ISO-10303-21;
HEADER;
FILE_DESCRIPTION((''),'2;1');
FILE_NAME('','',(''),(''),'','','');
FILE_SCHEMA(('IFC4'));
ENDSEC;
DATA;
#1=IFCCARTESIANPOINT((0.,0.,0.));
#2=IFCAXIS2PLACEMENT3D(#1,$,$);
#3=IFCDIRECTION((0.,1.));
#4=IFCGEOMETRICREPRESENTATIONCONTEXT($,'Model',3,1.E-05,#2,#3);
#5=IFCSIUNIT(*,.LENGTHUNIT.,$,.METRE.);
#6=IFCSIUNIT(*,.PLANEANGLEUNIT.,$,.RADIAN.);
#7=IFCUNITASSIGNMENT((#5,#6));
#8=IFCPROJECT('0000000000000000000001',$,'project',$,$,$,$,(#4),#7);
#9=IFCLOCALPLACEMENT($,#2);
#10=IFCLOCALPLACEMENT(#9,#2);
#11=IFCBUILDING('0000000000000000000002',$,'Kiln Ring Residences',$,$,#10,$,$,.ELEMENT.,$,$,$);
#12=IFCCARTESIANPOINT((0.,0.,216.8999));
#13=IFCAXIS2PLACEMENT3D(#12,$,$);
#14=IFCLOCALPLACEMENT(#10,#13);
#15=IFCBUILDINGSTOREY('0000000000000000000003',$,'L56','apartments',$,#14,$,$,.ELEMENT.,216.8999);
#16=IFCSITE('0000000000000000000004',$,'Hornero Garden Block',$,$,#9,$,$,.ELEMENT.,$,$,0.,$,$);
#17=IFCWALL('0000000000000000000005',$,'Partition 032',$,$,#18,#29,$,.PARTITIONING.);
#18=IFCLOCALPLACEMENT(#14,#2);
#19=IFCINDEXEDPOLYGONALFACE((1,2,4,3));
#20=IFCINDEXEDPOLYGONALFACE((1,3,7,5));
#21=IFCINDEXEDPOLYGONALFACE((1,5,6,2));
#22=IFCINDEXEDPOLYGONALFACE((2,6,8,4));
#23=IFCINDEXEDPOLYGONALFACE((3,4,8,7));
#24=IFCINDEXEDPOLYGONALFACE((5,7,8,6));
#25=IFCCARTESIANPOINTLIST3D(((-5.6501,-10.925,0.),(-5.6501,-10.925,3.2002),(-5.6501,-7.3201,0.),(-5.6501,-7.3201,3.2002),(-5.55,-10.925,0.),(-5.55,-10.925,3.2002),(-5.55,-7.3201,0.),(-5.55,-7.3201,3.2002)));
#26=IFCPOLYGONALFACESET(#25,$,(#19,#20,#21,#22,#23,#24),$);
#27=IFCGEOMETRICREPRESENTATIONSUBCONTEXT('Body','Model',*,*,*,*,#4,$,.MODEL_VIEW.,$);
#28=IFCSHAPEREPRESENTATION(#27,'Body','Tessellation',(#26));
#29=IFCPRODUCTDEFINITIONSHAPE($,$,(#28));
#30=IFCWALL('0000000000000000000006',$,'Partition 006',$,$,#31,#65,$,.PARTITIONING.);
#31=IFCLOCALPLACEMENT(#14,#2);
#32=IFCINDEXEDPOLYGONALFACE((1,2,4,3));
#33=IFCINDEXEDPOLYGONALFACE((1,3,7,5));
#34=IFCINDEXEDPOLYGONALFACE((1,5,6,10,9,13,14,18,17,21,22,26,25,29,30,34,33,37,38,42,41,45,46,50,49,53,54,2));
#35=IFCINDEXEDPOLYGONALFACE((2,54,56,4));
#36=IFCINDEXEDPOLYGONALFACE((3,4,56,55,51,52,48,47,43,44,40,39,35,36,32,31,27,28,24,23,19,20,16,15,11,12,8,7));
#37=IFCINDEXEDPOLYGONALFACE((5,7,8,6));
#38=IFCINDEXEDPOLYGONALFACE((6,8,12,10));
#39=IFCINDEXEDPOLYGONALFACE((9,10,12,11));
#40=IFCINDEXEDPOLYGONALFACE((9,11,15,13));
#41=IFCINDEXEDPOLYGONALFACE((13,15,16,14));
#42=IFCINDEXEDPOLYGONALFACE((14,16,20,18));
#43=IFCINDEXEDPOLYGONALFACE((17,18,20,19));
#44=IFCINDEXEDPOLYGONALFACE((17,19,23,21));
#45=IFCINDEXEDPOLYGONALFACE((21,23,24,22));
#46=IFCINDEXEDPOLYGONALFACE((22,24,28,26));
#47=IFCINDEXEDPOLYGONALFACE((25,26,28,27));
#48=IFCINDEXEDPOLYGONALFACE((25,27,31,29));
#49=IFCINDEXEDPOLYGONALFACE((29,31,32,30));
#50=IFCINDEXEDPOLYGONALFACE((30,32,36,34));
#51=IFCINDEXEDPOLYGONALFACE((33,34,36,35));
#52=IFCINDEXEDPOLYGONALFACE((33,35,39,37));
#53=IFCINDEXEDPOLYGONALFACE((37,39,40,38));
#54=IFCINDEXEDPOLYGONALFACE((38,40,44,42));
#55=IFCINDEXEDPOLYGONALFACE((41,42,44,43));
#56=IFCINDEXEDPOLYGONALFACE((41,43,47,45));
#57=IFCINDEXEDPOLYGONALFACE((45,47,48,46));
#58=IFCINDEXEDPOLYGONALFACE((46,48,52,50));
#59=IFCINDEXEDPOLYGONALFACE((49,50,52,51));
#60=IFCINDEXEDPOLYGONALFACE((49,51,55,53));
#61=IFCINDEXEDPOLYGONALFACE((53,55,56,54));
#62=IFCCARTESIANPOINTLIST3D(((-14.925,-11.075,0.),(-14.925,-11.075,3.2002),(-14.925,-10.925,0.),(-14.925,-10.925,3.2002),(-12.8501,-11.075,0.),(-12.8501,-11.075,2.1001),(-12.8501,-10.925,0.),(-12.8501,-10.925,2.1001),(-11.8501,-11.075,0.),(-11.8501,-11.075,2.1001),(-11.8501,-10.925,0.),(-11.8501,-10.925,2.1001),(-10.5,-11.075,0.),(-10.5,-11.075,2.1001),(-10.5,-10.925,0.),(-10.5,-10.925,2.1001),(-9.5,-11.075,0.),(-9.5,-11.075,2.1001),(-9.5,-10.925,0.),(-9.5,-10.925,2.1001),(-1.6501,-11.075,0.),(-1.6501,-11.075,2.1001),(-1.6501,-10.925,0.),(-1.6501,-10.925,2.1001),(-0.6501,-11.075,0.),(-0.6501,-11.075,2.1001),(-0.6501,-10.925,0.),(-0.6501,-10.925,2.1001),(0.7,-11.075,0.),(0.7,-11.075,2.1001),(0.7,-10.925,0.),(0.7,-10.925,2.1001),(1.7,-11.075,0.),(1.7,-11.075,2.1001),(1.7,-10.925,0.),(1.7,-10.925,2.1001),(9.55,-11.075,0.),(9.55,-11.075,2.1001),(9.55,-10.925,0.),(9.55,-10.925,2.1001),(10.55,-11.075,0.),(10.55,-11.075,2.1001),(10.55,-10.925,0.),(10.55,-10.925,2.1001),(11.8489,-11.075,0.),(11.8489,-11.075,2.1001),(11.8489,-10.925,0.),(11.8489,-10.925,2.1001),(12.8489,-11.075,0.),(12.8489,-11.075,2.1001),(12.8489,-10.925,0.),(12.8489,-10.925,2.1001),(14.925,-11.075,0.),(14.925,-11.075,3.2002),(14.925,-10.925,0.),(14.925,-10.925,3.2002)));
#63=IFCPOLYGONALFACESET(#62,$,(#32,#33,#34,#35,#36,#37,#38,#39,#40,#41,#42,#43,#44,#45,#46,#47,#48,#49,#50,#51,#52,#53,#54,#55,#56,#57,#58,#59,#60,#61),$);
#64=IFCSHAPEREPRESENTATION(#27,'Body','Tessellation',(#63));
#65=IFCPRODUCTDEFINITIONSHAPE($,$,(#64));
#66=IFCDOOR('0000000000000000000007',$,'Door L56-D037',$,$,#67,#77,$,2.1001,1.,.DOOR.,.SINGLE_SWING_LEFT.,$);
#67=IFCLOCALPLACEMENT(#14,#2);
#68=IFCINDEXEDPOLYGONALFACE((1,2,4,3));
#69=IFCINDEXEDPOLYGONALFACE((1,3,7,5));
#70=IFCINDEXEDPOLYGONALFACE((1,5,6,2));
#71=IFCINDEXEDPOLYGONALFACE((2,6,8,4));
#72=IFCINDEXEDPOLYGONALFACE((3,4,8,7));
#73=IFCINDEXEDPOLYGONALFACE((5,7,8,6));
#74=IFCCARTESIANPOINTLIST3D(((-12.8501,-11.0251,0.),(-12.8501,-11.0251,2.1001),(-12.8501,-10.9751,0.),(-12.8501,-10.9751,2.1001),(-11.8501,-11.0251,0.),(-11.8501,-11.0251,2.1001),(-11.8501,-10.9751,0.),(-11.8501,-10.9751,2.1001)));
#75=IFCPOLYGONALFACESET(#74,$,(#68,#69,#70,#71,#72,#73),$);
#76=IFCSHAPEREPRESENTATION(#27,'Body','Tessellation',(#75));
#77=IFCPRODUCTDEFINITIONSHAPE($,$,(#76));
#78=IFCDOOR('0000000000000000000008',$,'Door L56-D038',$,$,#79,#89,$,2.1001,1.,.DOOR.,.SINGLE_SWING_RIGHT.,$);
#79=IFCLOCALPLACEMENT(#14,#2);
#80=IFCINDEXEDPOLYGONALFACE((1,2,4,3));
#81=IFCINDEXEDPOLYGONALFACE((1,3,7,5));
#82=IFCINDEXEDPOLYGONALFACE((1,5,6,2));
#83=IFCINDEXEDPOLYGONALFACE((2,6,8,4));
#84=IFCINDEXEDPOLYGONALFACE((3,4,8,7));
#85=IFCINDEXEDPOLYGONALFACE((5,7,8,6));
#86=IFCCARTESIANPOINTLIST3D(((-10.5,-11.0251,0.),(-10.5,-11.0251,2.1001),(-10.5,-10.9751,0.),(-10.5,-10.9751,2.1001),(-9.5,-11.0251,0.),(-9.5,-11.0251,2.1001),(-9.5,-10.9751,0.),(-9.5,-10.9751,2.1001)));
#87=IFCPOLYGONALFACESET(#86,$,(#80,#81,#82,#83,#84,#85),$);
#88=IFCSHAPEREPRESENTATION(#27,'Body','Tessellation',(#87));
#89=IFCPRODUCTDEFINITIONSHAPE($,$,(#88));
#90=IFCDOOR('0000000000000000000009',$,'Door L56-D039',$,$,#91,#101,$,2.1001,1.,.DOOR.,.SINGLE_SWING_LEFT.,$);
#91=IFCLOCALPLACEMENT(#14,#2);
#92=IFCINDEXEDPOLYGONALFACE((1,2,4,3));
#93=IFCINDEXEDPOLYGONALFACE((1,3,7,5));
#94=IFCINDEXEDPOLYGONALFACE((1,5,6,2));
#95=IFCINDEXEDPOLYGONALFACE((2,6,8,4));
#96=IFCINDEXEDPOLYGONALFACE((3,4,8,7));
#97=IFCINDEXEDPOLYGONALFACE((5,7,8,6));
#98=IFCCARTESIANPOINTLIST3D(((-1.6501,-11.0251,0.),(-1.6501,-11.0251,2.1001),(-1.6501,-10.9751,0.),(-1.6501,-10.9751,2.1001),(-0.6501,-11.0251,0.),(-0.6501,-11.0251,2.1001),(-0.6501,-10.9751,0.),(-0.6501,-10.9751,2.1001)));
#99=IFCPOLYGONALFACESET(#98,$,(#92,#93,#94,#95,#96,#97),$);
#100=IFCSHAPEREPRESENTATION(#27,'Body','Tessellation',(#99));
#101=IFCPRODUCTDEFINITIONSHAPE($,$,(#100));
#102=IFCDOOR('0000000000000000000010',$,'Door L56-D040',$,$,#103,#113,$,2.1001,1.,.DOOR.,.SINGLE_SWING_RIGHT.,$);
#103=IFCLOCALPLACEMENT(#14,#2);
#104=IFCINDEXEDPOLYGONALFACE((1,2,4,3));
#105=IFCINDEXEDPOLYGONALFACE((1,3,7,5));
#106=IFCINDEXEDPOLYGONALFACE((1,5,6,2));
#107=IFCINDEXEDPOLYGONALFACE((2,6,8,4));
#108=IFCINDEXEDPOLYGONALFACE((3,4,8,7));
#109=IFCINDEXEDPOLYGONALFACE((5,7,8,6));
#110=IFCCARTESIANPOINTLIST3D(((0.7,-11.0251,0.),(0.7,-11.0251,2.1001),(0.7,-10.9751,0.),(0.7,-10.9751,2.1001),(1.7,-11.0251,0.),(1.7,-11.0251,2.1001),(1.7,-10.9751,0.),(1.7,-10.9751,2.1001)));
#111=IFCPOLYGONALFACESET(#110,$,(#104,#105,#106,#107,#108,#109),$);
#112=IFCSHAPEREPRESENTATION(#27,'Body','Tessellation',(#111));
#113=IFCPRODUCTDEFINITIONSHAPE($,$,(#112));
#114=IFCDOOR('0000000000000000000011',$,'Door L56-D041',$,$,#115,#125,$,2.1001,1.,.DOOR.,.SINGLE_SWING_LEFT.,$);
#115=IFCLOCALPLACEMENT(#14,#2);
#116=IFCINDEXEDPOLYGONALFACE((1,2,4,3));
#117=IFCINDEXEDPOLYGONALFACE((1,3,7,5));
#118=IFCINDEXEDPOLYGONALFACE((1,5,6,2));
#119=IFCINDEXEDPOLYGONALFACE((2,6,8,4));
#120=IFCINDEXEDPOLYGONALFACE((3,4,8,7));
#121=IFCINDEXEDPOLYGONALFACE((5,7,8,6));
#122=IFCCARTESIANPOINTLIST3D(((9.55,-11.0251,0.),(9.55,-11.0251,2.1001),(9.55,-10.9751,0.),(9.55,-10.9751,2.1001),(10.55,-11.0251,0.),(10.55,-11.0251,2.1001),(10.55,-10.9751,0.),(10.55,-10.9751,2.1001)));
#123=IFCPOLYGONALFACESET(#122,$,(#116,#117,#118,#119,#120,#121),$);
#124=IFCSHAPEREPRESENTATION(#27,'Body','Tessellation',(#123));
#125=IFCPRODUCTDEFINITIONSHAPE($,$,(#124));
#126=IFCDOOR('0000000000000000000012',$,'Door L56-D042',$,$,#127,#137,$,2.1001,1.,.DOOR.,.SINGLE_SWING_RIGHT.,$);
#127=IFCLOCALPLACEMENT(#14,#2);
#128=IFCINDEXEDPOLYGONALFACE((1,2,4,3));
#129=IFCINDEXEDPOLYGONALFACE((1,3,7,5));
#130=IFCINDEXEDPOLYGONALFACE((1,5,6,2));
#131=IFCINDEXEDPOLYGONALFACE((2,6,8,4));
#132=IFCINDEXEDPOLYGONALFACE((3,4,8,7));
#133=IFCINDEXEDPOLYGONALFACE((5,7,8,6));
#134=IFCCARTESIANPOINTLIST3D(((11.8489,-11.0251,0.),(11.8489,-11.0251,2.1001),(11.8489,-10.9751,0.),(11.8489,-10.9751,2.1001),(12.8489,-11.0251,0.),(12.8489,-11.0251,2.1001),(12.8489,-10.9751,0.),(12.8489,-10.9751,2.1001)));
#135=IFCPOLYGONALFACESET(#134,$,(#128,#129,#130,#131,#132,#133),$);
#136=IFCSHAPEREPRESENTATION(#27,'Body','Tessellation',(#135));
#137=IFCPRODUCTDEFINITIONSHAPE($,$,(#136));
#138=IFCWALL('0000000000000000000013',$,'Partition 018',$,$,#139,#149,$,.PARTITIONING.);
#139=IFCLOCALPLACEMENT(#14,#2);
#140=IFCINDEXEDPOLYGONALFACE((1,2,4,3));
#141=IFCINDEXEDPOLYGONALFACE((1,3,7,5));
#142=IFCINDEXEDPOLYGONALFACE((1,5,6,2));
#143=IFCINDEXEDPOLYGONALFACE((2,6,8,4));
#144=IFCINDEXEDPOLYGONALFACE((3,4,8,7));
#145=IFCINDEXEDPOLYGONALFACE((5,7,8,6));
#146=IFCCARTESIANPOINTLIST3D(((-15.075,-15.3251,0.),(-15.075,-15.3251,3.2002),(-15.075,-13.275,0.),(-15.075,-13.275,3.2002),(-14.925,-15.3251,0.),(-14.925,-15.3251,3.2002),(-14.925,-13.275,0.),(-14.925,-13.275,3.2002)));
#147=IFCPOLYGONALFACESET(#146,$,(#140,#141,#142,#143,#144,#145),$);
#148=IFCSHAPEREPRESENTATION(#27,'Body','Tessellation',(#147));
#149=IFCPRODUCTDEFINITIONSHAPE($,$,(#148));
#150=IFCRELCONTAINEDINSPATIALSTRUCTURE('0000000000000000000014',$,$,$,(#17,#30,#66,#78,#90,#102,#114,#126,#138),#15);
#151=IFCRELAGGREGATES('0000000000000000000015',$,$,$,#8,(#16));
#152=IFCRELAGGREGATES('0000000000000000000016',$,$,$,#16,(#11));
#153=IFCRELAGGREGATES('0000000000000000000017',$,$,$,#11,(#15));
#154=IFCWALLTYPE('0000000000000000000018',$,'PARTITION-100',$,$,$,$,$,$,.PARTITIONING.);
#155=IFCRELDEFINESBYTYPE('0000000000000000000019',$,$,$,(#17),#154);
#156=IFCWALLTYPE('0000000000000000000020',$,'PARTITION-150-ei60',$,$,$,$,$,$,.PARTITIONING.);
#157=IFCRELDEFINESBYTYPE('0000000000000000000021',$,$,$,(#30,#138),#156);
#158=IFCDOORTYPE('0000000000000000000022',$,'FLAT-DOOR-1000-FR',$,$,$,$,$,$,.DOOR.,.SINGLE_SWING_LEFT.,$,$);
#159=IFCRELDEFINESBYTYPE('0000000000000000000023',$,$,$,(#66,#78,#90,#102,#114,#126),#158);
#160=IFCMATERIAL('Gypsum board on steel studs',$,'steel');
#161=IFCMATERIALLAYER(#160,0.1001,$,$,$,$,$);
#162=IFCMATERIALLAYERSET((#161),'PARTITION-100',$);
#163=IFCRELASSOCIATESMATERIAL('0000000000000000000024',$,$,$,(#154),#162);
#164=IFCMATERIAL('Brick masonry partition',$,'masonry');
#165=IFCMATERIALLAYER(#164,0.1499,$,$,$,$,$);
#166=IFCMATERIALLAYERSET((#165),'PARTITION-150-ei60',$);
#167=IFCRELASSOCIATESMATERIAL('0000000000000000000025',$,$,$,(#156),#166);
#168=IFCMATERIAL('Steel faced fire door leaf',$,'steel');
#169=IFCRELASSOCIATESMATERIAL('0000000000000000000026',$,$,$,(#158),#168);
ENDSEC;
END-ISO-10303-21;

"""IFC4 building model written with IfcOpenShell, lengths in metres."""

from ifc_helpers import new_model, si_unit, direction, frame, frame_2d, origin, place, context, subcontext, project, spatial, rectangle, extrude, material, layer, layer_set, type_object, element, fill, save


model = new_model("IFC4")

# Units and contexts
model_context = context("Model", 3, precision=1e-05, world=origin(), true_north=direction((0.0, 1.0)))
body_context = subcontext(model_context, "Body", "Model", "MODEL_VIEW")
ifc_project = project(units=[si_unit("LENGTHUNIT", "METRE"), si_unit("PLANEANGLEUNIT", "RADIAN")], contexts=[model_context])

# Site, building, storey
site_placement = place(None, origin())
site = spatial("IfcSite", under=ifc_project, at=site_placement, Name="Hornero Garden Block", CompositionType="ELEMENT", RefElevation=0.0)
building_placement = place(site_placement, origin())
building = spatial("IfcBuilding", under=site, at=building_placement, Name="Kiln Ring Residences", CompositionType="ELEMENT")
storey_placement = place(building_placement, frame((0.0, 0.0, 216.8999)))
storey = spatial("IfcBuildingStorey", under=building, at=storey_placement, Name="L56", Description="apartments", CompositionType="ELEMENT", Elevation=216.8999)

# Shared definitions
ifc_material_1 = material(Name="Gypsum board on steel studs", Category="steel")
ifc_layer_1 = layer(ifc_material_1, 0.1001)
ifc_layer_set_1 = layer_set([ifc_layer_1], Name="PARTITION-100")
wall_type_1 = type_object("IfcWallType", Name="PARTITION-100", PredefinedType="PARTITIONING", material=ifc_layer_set_1)

# Wall
wall_1_placement = place(storey_placement, frame((-5.6001, -10.925, 0.0), z_axis=(0.0, 0.0, 1.0), x_axis=(0.0, 1.0, 0.0)))
element("IfcWall", 1, at=wall_1_placement, inside=storey, type_object=wall_type_1, Name="Partition 032", PredefinedType="PARTITIONING", context=body_context, shape_type="SweptSolid", body=[
    extrude(rectangle(XDim=3.605, YDim=0.1001, at=frame_2d((1.8025, 0.0))), origin(), (0.0, 0.0, 1.0), 3.2002),
])

# Wall, openings, doors
ifc_material_2 = material(Name="Brick masonry partition", Category="masonry")
ifc_layer_2 = layer(ifc_material_2, 0.1499)
ifc_layer_set_2 = layer_set([ifc_layer_2], Name="PARTITION-150-ei60")
wall_type_2 = type_object("IfcWallType", Name="PARTITION-150-ei60", PredefinedType="PARTITIONING", material=ifc_layer_set_2)
wall_2_placement = place(storey_placement, frame((-14.925, -11.0, 0.0), z_axis=(0.0, 0.0, 1.0), x_axis=(1.0, 0.0, 0.0)))
wall_2 = element("IfcWall", 2, at=wall_2_placement, inside=storey, type_object=wall_type_2, Name="Partition 006", PredefinedType="PARTITIONING", context=body_context, shape_type="SweptSolid", body=[
    extrude(rectangle(XDim=29.8501, YDim=0.1499, at=frame_2d((14.925, 0.0))), origin(), (0.0, 0.0, 1.0), 3.2002),
])
opening_1_placement = place(wall_2_placement, frame((2.075, 0.0, 0.0)))
opening_1 = element("IfcOpeningElement", 3, at=opening_1_placement, cuts=wall_2, PredefinedType="OPENING", context=body_context, shape_type="SweptSolid", body=[
    extrude(rectangle(XDim=1.0, YDim=2.1001, at=frame_2d((0.5, 1.05))), frame((0.0, 0.085, 0.0), z_axis=(0.0, -1.0, 0.0), x_axis=(1.0, 0.0, 0.0)), (0.0, 0.0, 1.0), 0.1699),
])
opening_2_placement = place(wall_2_placement, frame((4.425, 0.0, 0.0)))
opening_2 = element("IfcOpeningElement", 4, at=opening_2_placement, cuts=wall_2, PredefinedType="OPENING", context=body_context, shape_type="SweptSolid", body=[
    extrude(rectangle(XDim=1.0, YDim=2.1001, at=frame_2d((0.5, 1.05))), frame((0.0, 0.085, 0.0), z_axis=(0.0, -1.0, 0.0), x_axis=(1.0, 0.0, 0.0)), (0.0, 0.0, 1.0), 0.1699),
])
opening_3_placement = place(wall_2_placement, frame((13.2749, 0.0, 0.0)))
opening_3 = element("IfcOpeningElement", 5, at=opening_3_placement, cuts=wall_2, PredefinedType="OPENING", context=body_context, shape_type="SweptSolid", body=[
    extrude(rectangle(XDim=1.0, YDim=2.1001, at=frame_2d((0.5, 1.05))), frame((0.0, 0.085, 0.0), z_axis=(0.0, -1.0, 0.0), x_axis=(1.0, 0.0, 0.0)), (0.0, 0.0, 1.0), 0.1699),
])
opening_4_placement = place(wall_2_placement, frame((15.625, 0.0, 0.0)))
opening_4 = element("IfcOpeningElement", 6, at=opening_4_placement, cuts=wall_2, PredefinedType="OPENING", context=body_context, shape_type="SweptSolid", body=[
    extrude(rectangle(XDim=1.0, YDim=2.1001, at=frame_2d((0.5, 1.05))), frame((0.0, 0.085, 0.0), z_axis=(0.0, -1.0, 0.0), x_axis=(1.0, 0.0, 0.0)), (0.0, 0.0, 1.0), 0.1699),
])
opening_5_placement = place(wall_2_placement, frame((24.4751, 0.0, 0.0)))
opening_5 = element("IfcOpeningElement", 7, at=opening_5_placement, cuts=wall_2, PredefinedType="OPENING", context=body_context, shape_type="SweptSolid", body=[
    extrude(rectangle(XDim=1.0, YDim=2.1001, at=frame_2d((0.5, 1.05))), frame((0.0, 0.085, 0.0), z_axis=(0.0, -1.0, 0.0), x_axis=(1.0, 0.0, 0.0)), (0.0, 0.0, 1.0), 0.1699),
])
opening_6_placement = place(wall_2_placement, frame((26.7739, 0.0, 0.0)))
opening_6 = element("IfcOpeningElement", 8, at=opening_6_placement, cuts=wall_2, PredefinedType="OPENING", context=body_context, shape_type="SweptSolid", body=[
    extrude(rectangle(XDim=1.0, YDim=2.1001, at=frame_2d((0.5, 1.05))), frame((0.0, 0.085, 0.0), z_axis=(0.0, -1.0, 0.0), x_axis=(1.0, 0.0, 0.0)), (0.0, 0.0, 1.0), 0.1699),
])
ifc_material_3 = material(Name="Steel faced fire door leaf", Category="steel")
door_type_1 = type_object("IfcDoorType", Name="FLAT-DOOR-1000-FR", OperationType="SINGLE_SWING_LEFT", PredefinedType="DOOR", material=ifc_material_3)
door_1_placement = place(opening_1_placement, origin())
door_1 = element("IfcDoor", 9, at=door_1_placement, inside=storey, type_object=door_type_1, Name="Door L56-D037", OperationType="SINGLE_SWING_LEFT", OverallHeight=2.1001, OverallWidth=1.0, PredefinedType="DOOR", context=body_context, shape_type="SweptSolid", body=[
    extrude(rectangle(XDim=1.0, YDim=2.1001, at=frame_2d((0.5, 1.05))), frame((0.0, 0.0249, 0.0), z_axis=(0.0, -1.0, 0.0), x_axis=(1.0, 0.0, 0.0)), (0.0, 0.0, 1.0), 0.05),
])
fill(opening_1, door_1)
door_2_placement = place(opening_2_placement, origin())
door_2 = element("IfcDoor", 10, at=door_2_placement, inside=storey, type_object=door_type_1, Name="Door L56-D038", OperationType="SINGLE_SWING_RIGHT", OverallHeight=2.1001, OverallWidth=1.0, PredefinedType="DOOR", context=body_context, shape_type="SweptSolid", body=[
    extrude(rectangle(XDim=1.0, YDim=2.1001, at=frame_2d((0.5, 1.05))), frame((0.0, 0.0249, 0.0), z_axis=(0.0, -1.0, 0.0), x_axis=(1.0, 0.0, 0.0)), (0.0, 0.0, 1.0), 0.05),
])
fill(opening_2, door_2)
door_3_placement = place(opening_3_placement, origin())
door_3 = element("IfcDoor", 11, at=door_3_placement, inside=storey, type_object=door_type_1, Name="Door L56-D039", OperationType="SINGLE_SWING_LEFT", OverallHeight=2.1001, OverallWidth=1.0, PredefinedType="DOOR", context=body_context, shape_type="SweptSolid", body=[
    extrude(rectangle(XDim=1.0, YDim=2.1001, at=frame_2d((0.5, 1.05))), frame((0.0, 0.0249, 0.0), z_axis=(0.0, -1.0, 0.0), x_axis=(1.0, 0.0, 0.0)), (0.0, 0.0, 1.0), 0.05),
])
fill(opening_3, door_3)
door_4_placement = place(opening_4_placement, origin())
door_4 = element("IfcDoor", 12, at=door_4_placement, inside=storey, type_object=door_type_1, Name="Door L56-D040", OperationType="SINGLE_SWING_RIGHT", OverallHeight=2.1001, OverallWidth=1.0, PredefinedType="DOOR", context=body_context, shape_type="SweptSolid", body=[
    extrude(rectangle(XDim=1.0, YDim=2.1001, at=frame_2d((0.5, 1.05))), frame((0.0, 0.0249, 0.0), z_axis=(0.0, -1.0, 0.0), x_axis=(1.0, 0.0, 0.0)), (0.0, 0.0, 1.0), 0.05),
])
fill(opening_4, door_4)
door_5_placement = place(opening_5_placement, origin())
door_5 = element("IfcDoor", 13, at=door_5_placement, inside=storey, type_object=door_type_1, Name="Door L56-D041", OperationType="SINGLE_SWING_LEFT", OverallHeight=2.1001, OverallWidth=1.0, PredefinedType="DOOR", context=body_context, shape_type="SweptSolid", body=[
    extrude(rectangle(XDim=1.0, YDim=2.1001, at=frame_2d((0.5, 1.05))), frame((0.0, 0.0249, 0.0), z_axis=(0.0, -1.0, 0.0), x_axis=(1.0, 0.0, 0.0)), (0.0, 0.0, 1.0), 0.05),
])
fill(opening_5, door_5)
door_6_placement = place(opening_6_placement, origin())
door_6 = element("IfcDoor", 14, at=door_6_placement, inside=storey, type_object=door_type_1, Name="Door L56-D042", OperationType="SINGLE_SWING_RIGHT", OverallHeight=2.1001, OverallWidth=1.0, PredefinedType="DOOR", context=body_context, shape_type="SweptSolid", body=[
    extrude(rectangle(XDim=1.0, YDim=2.1001, at=frame_2d((0.5, 1.05))), frame((0.0, 0.0249, 0.0), z_axis=(0.0, -1.0, 0.0), x_axis=(1.0, 0.0, 0.0)), (0.0, 0.0, 1.0), 0.05),
])
fill(opening_6, door_6)

# Wall
wall_3_placement = place(storey_placement, frame((-15.0, -15.325, 0.0), z_axis=(0.0, 0.0, 1.0), x_axis=(0.0, 1.0, 0.0)))
element("IfcWall", 15, at=wall_3_placement, inside=storey, type_object=wall_type_2, Name="Partition 018", PredefinedType="PARTITIONING", context=body_context, shape_type="SweptSolid", body=[
    extrude(rectangle(XDim=2.05, YDim=0.1499, at=frame_2d((1.0249, 0.0))), origin(), (0.0, 0.0, 1.0), 3.2002),
])

save(model, "model.ifc")
